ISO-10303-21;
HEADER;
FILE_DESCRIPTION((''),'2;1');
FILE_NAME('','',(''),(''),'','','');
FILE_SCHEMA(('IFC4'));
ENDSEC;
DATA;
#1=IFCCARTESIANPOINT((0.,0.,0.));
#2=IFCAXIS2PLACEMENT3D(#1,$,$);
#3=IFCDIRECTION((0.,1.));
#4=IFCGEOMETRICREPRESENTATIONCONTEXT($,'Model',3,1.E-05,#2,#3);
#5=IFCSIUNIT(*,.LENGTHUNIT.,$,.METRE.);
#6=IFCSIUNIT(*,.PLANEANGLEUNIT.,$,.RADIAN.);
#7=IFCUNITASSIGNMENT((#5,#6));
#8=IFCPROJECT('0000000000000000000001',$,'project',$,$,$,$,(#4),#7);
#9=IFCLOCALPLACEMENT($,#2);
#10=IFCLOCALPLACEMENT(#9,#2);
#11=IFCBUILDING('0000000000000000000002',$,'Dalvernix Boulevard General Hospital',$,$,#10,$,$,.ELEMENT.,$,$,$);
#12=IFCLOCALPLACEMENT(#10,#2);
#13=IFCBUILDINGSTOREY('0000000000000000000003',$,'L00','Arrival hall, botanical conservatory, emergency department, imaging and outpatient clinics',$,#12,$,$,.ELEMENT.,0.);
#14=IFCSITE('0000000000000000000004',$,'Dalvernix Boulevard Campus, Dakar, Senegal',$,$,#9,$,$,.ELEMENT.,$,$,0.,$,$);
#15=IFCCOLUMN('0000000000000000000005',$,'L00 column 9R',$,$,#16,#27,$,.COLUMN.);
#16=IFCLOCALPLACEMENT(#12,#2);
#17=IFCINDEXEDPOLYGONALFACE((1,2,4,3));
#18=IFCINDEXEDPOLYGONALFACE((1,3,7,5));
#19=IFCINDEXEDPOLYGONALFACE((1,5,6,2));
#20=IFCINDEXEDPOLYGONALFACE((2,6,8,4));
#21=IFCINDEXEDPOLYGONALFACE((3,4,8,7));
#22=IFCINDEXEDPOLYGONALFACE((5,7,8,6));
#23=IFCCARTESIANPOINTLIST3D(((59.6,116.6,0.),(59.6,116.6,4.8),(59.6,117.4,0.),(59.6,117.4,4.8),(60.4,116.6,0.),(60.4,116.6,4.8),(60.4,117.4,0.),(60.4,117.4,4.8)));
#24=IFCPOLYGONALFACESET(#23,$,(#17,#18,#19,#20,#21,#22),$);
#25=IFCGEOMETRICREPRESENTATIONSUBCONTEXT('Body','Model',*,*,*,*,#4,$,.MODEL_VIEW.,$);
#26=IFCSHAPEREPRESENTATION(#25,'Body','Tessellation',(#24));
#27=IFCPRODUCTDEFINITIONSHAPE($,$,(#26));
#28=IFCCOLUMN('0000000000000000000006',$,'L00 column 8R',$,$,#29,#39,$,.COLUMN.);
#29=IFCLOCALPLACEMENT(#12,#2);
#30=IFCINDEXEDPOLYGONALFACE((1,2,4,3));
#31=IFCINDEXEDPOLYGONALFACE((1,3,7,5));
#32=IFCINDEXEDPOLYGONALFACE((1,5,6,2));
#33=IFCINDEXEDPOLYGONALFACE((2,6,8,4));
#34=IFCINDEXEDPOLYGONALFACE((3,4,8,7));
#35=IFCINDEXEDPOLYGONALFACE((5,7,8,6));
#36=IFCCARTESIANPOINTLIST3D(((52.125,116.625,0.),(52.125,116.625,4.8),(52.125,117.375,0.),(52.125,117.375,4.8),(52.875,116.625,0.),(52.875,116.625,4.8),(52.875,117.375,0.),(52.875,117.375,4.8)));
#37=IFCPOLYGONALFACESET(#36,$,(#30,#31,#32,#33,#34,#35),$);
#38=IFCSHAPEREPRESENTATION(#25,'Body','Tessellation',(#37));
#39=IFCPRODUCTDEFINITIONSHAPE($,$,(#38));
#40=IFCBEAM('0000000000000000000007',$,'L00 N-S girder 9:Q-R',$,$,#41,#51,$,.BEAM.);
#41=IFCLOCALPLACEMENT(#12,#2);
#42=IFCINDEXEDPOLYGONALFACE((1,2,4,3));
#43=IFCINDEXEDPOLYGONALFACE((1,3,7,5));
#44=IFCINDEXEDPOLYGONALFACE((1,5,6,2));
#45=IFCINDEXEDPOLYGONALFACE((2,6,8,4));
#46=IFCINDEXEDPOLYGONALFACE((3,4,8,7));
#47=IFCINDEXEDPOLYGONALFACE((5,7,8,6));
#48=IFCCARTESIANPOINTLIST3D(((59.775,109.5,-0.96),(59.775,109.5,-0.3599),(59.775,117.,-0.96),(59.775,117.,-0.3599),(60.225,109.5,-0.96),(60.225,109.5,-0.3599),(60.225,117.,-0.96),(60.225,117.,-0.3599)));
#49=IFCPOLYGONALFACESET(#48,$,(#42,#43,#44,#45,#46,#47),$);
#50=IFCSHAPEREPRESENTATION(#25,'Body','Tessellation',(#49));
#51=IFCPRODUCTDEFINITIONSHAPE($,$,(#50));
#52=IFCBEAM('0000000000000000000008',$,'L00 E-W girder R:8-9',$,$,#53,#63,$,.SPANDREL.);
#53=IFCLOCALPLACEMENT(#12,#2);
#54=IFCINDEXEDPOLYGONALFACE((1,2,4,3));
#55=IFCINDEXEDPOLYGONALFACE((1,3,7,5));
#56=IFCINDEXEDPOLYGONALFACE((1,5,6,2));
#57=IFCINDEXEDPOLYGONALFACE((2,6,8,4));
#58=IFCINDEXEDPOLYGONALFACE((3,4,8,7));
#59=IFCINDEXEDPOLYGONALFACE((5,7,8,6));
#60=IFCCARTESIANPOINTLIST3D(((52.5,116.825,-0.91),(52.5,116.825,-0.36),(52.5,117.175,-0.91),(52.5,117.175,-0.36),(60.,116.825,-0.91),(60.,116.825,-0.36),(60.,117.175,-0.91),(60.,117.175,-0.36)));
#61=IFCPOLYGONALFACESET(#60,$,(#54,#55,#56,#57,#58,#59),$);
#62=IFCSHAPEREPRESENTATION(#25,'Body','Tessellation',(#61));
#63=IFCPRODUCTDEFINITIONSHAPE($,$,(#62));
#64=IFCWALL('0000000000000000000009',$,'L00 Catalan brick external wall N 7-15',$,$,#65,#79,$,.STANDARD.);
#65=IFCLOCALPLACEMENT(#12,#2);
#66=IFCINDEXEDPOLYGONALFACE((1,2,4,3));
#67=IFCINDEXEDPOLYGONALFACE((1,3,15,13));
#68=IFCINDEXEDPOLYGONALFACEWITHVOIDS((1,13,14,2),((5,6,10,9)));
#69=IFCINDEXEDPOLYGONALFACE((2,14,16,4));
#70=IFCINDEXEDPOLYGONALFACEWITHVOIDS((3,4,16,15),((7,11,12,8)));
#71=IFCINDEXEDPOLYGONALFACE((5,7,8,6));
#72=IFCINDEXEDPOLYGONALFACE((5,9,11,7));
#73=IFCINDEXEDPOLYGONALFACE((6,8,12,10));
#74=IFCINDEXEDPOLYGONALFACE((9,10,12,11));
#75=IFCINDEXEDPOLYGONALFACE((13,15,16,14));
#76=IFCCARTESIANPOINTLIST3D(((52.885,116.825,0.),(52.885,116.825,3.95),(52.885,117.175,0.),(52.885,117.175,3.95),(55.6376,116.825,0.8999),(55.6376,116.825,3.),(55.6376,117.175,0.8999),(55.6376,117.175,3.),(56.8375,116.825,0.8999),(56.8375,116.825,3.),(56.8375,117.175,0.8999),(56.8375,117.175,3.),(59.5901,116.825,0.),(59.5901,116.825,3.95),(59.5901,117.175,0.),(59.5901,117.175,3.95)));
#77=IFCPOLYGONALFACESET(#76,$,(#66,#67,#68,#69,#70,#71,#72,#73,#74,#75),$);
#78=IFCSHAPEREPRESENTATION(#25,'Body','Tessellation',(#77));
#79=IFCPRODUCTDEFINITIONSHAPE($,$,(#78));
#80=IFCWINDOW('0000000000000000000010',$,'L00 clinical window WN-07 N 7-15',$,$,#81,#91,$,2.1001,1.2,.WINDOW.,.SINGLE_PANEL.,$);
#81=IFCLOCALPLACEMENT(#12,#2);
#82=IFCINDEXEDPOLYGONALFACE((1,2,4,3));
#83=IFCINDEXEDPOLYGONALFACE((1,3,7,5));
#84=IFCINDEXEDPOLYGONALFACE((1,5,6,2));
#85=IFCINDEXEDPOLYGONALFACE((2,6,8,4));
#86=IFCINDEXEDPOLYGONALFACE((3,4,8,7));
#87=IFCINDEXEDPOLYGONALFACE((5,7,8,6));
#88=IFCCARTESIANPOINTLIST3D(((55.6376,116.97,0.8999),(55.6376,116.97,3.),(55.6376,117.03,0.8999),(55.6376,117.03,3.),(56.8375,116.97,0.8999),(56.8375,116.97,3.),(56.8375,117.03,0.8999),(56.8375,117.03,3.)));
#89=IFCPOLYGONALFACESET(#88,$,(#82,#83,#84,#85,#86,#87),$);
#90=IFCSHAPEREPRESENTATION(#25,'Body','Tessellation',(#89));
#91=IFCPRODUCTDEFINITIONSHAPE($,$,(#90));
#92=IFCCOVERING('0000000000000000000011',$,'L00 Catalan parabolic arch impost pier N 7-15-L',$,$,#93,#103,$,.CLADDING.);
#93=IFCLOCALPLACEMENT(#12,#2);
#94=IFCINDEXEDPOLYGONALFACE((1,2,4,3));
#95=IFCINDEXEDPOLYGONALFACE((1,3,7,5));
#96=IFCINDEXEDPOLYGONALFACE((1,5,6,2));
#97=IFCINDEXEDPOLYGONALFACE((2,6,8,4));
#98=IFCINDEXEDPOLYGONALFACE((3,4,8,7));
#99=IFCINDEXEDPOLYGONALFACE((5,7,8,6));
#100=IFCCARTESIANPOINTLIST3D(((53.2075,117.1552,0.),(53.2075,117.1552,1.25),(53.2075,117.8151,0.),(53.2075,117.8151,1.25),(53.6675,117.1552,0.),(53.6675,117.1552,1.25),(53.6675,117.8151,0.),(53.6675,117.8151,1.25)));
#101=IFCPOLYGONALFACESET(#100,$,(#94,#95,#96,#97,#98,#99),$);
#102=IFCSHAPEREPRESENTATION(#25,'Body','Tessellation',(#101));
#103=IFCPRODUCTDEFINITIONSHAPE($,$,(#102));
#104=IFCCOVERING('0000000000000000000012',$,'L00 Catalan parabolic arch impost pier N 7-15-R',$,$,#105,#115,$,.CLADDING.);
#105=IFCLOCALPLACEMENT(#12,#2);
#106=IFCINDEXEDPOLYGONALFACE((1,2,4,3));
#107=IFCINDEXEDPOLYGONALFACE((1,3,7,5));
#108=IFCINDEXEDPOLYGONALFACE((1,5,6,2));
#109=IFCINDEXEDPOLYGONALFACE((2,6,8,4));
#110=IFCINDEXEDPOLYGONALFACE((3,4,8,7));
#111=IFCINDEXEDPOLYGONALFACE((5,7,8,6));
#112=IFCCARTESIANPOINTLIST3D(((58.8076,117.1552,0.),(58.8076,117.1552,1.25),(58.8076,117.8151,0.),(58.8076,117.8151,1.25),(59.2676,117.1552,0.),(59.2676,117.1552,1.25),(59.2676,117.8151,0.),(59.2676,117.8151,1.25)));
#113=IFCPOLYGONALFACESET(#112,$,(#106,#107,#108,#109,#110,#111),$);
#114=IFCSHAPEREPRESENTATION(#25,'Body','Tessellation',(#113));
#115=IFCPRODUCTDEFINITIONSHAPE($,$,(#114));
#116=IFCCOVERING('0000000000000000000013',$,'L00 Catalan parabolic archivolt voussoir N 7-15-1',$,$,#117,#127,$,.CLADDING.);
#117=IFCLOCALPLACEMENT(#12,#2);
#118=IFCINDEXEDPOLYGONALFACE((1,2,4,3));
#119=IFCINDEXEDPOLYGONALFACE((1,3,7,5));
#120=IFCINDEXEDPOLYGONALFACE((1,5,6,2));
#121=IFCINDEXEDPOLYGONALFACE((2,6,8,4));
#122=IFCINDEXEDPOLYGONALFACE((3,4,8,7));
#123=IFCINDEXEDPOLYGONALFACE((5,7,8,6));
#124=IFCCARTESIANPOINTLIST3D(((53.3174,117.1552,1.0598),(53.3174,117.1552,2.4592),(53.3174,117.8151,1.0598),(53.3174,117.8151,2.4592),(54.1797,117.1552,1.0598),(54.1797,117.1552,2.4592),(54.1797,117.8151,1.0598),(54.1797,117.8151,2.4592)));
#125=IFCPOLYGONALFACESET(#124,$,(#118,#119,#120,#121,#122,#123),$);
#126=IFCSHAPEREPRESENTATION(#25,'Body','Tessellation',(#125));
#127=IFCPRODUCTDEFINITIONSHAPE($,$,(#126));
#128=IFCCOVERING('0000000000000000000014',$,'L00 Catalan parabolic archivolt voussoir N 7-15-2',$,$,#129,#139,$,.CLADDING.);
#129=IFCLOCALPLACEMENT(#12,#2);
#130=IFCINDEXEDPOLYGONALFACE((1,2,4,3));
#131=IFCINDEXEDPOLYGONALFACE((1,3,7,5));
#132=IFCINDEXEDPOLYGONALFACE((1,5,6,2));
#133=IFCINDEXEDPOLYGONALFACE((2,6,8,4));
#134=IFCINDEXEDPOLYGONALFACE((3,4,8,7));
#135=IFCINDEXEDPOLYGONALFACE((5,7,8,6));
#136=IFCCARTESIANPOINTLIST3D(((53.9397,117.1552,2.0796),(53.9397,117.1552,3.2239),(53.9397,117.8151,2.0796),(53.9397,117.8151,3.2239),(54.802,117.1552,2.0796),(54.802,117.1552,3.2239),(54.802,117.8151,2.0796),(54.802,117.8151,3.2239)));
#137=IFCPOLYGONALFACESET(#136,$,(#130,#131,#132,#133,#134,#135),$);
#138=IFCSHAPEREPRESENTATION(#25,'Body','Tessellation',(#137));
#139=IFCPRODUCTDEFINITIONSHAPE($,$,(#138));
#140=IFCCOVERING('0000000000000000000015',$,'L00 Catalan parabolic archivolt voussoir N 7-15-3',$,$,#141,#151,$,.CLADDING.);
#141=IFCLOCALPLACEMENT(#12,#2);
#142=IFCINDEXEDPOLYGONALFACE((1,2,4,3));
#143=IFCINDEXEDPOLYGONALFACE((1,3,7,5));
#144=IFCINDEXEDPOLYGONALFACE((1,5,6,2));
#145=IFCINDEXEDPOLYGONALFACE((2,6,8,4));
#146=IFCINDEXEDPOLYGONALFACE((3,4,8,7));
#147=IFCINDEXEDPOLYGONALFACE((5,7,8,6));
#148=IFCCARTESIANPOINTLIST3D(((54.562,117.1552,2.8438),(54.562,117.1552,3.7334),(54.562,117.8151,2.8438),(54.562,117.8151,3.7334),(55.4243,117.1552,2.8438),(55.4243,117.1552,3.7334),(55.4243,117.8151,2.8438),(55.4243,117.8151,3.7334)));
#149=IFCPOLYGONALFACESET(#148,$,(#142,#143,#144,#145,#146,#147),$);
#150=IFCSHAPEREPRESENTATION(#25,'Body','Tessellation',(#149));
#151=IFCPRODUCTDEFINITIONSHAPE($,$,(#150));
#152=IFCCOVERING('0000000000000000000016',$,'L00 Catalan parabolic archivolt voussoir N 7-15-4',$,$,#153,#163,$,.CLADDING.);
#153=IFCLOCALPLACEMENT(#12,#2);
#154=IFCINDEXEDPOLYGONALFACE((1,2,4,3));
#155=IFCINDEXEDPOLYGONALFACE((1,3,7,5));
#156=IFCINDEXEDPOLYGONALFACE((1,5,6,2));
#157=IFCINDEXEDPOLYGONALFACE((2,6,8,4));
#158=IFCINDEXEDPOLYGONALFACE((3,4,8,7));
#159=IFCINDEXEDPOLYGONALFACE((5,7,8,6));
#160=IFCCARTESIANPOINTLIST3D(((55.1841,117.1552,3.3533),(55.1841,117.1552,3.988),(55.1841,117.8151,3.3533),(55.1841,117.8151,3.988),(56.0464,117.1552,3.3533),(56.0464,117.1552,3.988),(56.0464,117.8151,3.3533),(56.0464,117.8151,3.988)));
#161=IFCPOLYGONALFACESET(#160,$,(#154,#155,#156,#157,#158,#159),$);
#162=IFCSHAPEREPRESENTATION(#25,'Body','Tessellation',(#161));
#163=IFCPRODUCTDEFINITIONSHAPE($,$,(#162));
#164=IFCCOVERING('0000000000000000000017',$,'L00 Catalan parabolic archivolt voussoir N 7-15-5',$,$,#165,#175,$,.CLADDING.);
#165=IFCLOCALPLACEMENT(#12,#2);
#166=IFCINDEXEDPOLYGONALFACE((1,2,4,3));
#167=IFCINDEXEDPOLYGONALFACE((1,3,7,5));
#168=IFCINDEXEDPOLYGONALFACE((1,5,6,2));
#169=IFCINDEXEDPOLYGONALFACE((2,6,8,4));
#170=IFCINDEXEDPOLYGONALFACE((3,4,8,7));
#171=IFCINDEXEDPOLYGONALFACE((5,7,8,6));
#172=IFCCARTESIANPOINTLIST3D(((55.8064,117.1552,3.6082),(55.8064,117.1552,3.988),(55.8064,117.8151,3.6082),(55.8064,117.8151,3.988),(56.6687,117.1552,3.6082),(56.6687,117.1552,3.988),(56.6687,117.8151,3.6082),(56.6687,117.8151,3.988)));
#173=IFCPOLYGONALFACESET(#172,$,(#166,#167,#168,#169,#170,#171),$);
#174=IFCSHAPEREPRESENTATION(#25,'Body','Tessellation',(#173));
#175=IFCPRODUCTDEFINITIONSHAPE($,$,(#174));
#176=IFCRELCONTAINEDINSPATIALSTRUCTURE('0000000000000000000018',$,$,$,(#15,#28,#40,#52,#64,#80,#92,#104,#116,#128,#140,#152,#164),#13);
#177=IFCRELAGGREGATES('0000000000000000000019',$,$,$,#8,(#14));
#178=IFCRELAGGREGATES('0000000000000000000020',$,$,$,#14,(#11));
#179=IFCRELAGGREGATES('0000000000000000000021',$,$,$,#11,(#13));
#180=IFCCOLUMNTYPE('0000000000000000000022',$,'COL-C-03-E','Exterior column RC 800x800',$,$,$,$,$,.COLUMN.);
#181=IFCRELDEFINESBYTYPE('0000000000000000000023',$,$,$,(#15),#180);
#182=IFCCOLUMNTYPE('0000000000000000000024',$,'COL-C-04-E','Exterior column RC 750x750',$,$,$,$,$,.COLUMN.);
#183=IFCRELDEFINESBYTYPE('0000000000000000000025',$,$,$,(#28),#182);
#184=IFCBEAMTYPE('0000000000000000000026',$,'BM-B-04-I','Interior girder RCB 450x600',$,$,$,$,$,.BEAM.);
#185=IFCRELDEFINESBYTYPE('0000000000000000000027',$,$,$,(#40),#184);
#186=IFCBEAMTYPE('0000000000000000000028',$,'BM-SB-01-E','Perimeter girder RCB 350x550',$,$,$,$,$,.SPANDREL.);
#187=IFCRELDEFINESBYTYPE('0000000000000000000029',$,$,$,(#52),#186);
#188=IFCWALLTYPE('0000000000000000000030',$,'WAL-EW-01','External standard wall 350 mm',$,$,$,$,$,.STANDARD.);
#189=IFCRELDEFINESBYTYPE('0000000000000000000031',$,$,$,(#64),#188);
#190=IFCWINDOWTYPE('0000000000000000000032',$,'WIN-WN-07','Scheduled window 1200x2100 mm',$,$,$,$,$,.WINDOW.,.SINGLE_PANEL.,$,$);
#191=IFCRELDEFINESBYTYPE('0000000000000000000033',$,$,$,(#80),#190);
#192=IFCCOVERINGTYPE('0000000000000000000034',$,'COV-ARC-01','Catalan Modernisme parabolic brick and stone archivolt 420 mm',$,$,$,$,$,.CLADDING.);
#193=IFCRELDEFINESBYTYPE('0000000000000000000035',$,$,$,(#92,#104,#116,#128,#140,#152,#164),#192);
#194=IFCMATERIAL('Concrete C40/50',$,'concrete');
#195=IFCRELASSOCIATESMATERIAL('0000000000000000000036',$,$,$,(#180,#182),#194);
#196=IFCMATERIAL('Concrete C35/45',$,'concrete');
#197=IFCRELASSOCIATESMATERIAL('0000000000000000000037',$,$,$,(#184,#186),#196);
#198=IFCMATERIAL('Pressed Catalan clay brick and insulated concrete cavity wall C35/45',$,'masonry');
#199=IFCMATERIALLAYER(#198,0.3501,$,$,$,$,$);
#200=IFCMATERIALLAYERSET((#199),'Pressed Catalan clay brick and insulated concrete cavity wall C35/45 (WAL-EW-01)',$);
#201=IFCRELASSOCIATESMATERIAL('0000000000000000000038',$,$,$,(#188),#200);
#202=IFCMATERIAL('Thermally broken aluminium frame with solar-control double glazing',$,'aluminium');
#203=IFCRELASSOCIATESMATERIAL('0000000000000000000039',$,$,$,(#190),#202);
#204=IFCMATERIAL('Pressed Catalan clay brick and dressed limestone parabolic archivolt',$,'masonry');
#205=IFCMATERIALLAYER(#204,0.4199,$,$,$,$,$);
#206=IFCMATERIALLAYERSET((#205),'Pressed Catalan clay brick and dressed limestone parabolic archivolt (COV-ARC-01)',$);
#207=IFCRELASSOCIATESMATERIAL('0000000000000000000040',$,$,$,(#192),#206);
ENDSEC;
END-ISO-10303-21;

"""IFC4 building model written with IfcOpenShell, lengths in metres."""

from ifc_helpers import new_model, si_unit, direction, frame, frame_2d, origin, origin_2d, place, context, subcontext, project, spatial, rectangle, extrude, material, layer, layer_set, material_profile, profile_set, type_object, element, fill, save


model = new_model("IFC4")

# Units and contexts
model_context = context("Model", 3, precision=1e-05, world=origin(), true_north=direction((0.0, 1.0)))
body_context = subcontext(model_context, "Body", "Model", "MODEL_VIEW")
ifc_project = project(units=[si_unit("LENGTHUNIT", "METRE"), si_unit("PLANEANGLEUNIT", "RADIAN")], contexts=[model_context])

# Site, building, storey
site_placement = place(None, origin())
site = spatial("IfcSite", under=ifc_project, at=site_placement, Name="Dalvernix Boulevard Campus, Dakar, Senegal", CompositionType="ELEMENT", RefElevation=0.0)
building_placement = place(site_placement, origin())
building = spatial("IfcBuilding", under=site, at=building_placement, Name="Dalvernix Boulevard General Hospital", CompositionType="ELEMENT")
storey_placement = place(building_placement, origin())
storey = spatial("IfcBuildingStorey", under=building, at=storey_placement, Name="L00", Description="Arrival hall, botanical conservatory, emergency department, imaging and outpatient clinics", CompositionType="ELEMENT", Elevation=0.0)

# Columns
ifc_material_1 = material(Name="Concrete C40/50", Category="concrete")
ifc_material_profile_1 = material_profile(ifc_material_1, rectangle(XDim=0.8, YDim=0.8, at=origin_2d()), Name="RC 800x800")
ifc_profile_set_1 = profile_set([ifc_material_profile_1], Name="Concrete C40/50")
column_type_1 = type_object("IfcColumnType", Name="COL-C-03-E", Description="Exterior column RC 800x800", PredefinedType="COLUMN", material=ifc_profile_set_1)
column_1_placement = place(storey_placement, frame((60.0, 117.0, 0.0), z_axis=(0.0, 0.0, 1.0), x_axis=(1.0, 0.0, 0.0)))
element("IfcColumn", 1, at=column_1_placement, inside=storey, type_object=column_type_1, Name="L00 column 9R", PredefinedType="COLUMN", context=body_context, shape_type="SweptSolid", body=[
    extrude(rectangle(XDim=0.8, YDim=0.8, at=origin_2d()), origin(), (0.0, 0.0, 1.0), 4.8),
])
ifc_material_profile_2 = material_profile(ifc_material_1, rectangle(XDim=0.75, YDim=0.75, at=origin_2d()), Name="RC 750x750")
ifc_profile_set_2 = profile_set([ifc_material_profile_2], Name="Concrete C40/50")
column_type_2 = type_object("IfcColumnType", Name="COL-C-04-E", Description="Exterior column RC 750x750", PredefinedType="COLUMN", material=ifc_profile_set_2)
column_2_placement = place(storey_placement, frame((52.5, 117.0, 0.0), z_axis=(0.0, 0.0, 1.0), x_axis=(1.0, 0.0, 0.0)))
element("IfcColumn", 2, at=column_2_placement, inside=storey, type_object=column_type_2, Name="L00 column 8R", PredefinedType="COLUMN", context=body_context, shape_type="SweptSolid", body=[
    extrude(rectangle(XDim=0.75, YDim=0.75, at=origin_2d()), origin(), (0.0, 0.0, 1.0), 4.8),
])

# Beams
ifc_material_2 = material(Name="Concrete C35/45", Category="concrete")
ifc_material_profile_3 = material_profile(ifc_material_2, rectangle(XDim=0.45, YDim=0.6001, at=origin_2d()), Name="RCB 450x600")
ifc_profile_set_3 = profile_set([ifc_material_profile_3], Name="Concrete C35/45")
beam_type_1 = type_object("IfcBeamType", Name="BM-B-04-I", Description="Interior girder RCB 450x600", PredefinedType="BEAM", material=ifc_profile_set_3)
beam_1_placement = place(storey_placement, frame((60.0, 109.5, -0.6599), z_axis=(0.0, 1.0, 0.0), x_axis=(-1.0, 0.0, 0.0)))
element("IfcBeam", 3, at=beam_1_placement, inside=storey, type_object=beam_type_1, Name="L00 N-S girder 9:Q-R", PredefinedType="BEAM", context=body_context, shape_type="SweptSolid", body=[
    extrude(rectangle(XDim=0.45, YDim=0.6001, at=origin_2d()), origin(), (0.0, 0.0, 1.0), 7.5),
])
ifc_material_profile_4 = material_profile(ifc_material_2, rectangle(XDim=0.3501, YDim=0.55, at=origin_2d()), Name="RCB 350x550")
ifc_profile_set_4 = profile_set([ifc_material_profile_4], Name="Concrete C35/45")
beam_type_2 = type_object("IfcBeamType", Name="BM-SB-01-E", Description="Perimeter girder RCB 350x550", PredefinedType="SPANDREL", material=ifc_profile_set_4)
beam_2_placement = place(storey_placement, frame((52.5, 117.0, -0.635), z_axis=(1.0, 0.0, 0.0), x_axis=(0.0, 1.0, 0.0)))
element("IfcBeam", 4, at=beam_2_placement, inside=storey, type_object=beam_type_2, Name="L00 E-W girder R:8-9", PredefinedType="SPANDREL", context=body_context, shape_type="SweptSolid", body=[
    extrude(rectangle(XDim=0.3501, YDim=0.55, at=origin_2d()), origin(), (0.0, 0.0, 1.0), 7.5),
])

# Wall, opening, window
ifc_material_3 = material(Name="Pressed Catalan clay brick and insulated concrete cavity wall C35/45", Category="masonry")
ifc_layer_1 = layer(ifc_material_3, 0.3501)
ifc_layer_set_1 = layer_set([ifc_layer_1], Name="Pressed Catalan clay brick and insulated concrete cavity wall C35/45 (WAL-EW-01)")
wall_type = type_object("IfcWallType", Name="WAL-EW-01", Description="External standard wall 350 mm", PredefinedType="STANDARD", material=ifc_layer_set_1)
wall_placement = place(storey_placement, frame((52.885, 117.0, 0.0), z_axis=(0.0, 0.0, 1.0), x_axis=(1.0, 0.0, 0.0)))
wall = element("IfcWall", 5, at=wall_placement, inside=storey, type_object=wall_type, Name="L00 Catalan brick external wall N 7-15", PredefinedType="STANDARD", context=body_context, shape_type="SweptSolid", body=[
    extrude(rectangle(XDim=6.7051, YDim=0.3501, at=frame_2d((3.3525, 0.0))), origin(), (0.0, 0.0, 1.0), 3.95),
])
opening_placement = place(wall_placement, frame((2.7524, 0.0, 0.8999)))
opening = element("IfcOpeningElement", 6, at=opening_placement, cuts=wall, PredefinedType="OPENING", context=body_context, shape_type="SweptSolid", body=[
    extrude(rectangle(XDim=1.2, YDim=2.1001, at=frame_2d((0.6001, 1.05))), frame((0.0, 0.1851, 0.0), z_axis=(0.0, -1.0, 0.0), x_axis=(1.0, 0.0, 0.0)), (0.0, 0.0, 1.0), 0.3701),
])
ifc_material_4 = material(Name="Thermally broken aluminium frame with solar-control double glazing", Category="aluminium")
window_type = type_object("IfcWindowType", Name="WIN-WN-07", Description="Scheduled window 1200x2100 mm", PartitioningType="SINGLE_PANEL", PredefinedType="WINDOW", material=ifc_material_4)
window_placement = place(opening_placement, origin())
window = element("IfcWindow", 7, at=window_placement, inside=storey, type_object=window_type, Name="L00 clinical window WN-07 N 7-15", OverallHeight=2.1001, OverallWidth=1.2, PartitioningType="SINGLE_PANEL", PredefinedType="WINDOW", context=body_context, shape_type="SweptSolid", body=[
    extrude(rectangle(XDim=1.2, YDim=2.1001, at=frame_2d((0.6001, 1.05))), frame((0.0, 0.03, 0.0), z_axis=(0.0, -1.0, 0.0), x_axis=(1.0, 0.0, 0.0)), (0.0, 0.0, 1.0), 0.0601),
])
fill(opening, window)

# Coverings
ifc_material_5 = material(Name="Pressed Catalan clay brick and dressed limestone parabolic archivolt", Category="masonry")
ifc_layer_2 = layer(ifc_material_5, 0.4199)
ifc_layer_set_2 = layer_set([ifc_layer_2], Name="Pressed Catalan clay brick and dressed limestone parabolic archivolt (COV-ARC-01)")
covering_type_1 = type_object("IfcCoveringType", Name="COV-ARC-01", Description="Catalan Modernisme parabolic brick and stone archivolt 420 mm", PredefinedType="CLADDING", material=ifc_layer_set_2)
for number, where, z_axis, x_axis, name in (
    (8, (53.4375, 117.4851, 0.0), (0.0, 0.0, 1.0), (1.0, 0.0, 0.0), "L00 Catalan parabolic arch impost pier N 7-15-L"),
    (9, (59.0376, 117.4851, 0.0), (0.0, 0.0, 1.0), (1.0, 0.0, 0.0), "L00 Catalan parabolic arch impost pier N 7-15-R"),
):
    element("IfcCovering", number, at=place(storey_placement, frame(where, z_axis=z_axis, x_axis=x_axis)), inside=storey, type_object=covering_type_1, Name=name, PredefinedType="CLADDING", context=body_context, shape_type="SweptSolid", body=[
        extrude(rectangle(XDim=0.46, YDim=0.6599, at=origin_2d()), origin(), (0.0, 0.0, 1.0), 1.25),
    ])
covering_1_placement = place(storey_placement, frame((53.7485, 117.4851, 1.0598), z_axis=(0.0, 0.0, 1.0), x_axis=(1.0, 0.0, 0.0)))
element("IfcCovering", 10, at=covering_1_placement, inside=storey, type_object=covering_type_1, Name="L00 Catalan parabolic archivolt voussoir N 7-15-1", PredefinedType="CLADDING", context=body_context, shape_type="SweptSolid", body=[
    extrude(rectangle(XDim=0.8623, YDim=0.6599, at=origin_2d()), origin(), (0.0, 0.0, 1.0), 1.3994),
])
covering_2_placement = place(storey_placement, frame((54.3708, 117.4851, 2.0796), z_axis=(0.0, 0.0, 1.0), x_axis=(1.0, 0.0, 0.0)))
element("IfcCovering", 11, at=covering_2_placement, inside=storey, type_object=covering_type_1, Name="L00 Catalan parabolic archivolt voussoir N 7-15-2", PredefinedType="CLADDING", context=body_context, shape_type="SweptSolid", body=[
    extrude(rectangle(XDim=0.8623, YDim=0.6599, at=origin_2d()), origin(), (0.0, 0.0, 1.0), 1.1443),
])
covering_3_placement = place(storey_placement, frame((54.9932, 117.4851, 2.8438), z_axis=(0.0, 0.0, 1.0), x_axis=(1.0, 0.0, 0.0)))
element("IfcCovering", 12, at=covering_3_placement, inside=storey, type_object=covering_type_1, Name="L00 Catalan parabolic archivolt voussoir N 7-15-3", PredefinedType="CLADDING", context=body_context, shape_type="SweptSolid", body=[
    extrude(rectangle(XDim=0.8623, YDim=0.6599, at=origin_2d()), origin(), (0.0, 0.0, 1.0), 0.8896),
])
covering_4_placement = place(storey_placement, frame((55.6152, 117.4851, 3.3533), z_axis=(0.0, 0.0, 1.0), x_axis=(1.0, 0.0, 0.0)))
element("IfcCovering", 13, at=covering_4_placement, inside=storey, type_object=covering_type_1, Name="L00 Catalan parabolic archivolt voussoir N 7-15-4", PredefinedType="CLADDING", context=body_context, shape_type="SweptSolid", body=[
    extrude(rectangle(XDim=0.8623, YDim=0.6599, at=origin_2d()), origin(), (0.0, 0.0, 1.0), 0.6348),
])
covering_5_placement = place(storey_placement, frame((56.2375, 117.4851, 3.6082), z_axis=(0.0, 0.0, 1.0), x_axis=(1.0, 0.0, 0.0)))
element("IfcCovering", 14, at=covering_5_placement, inside=storey, type_object=covering_type_1, Name="L00 Catalan parabolic archivolt voussoir N 7-15-5", PredefinedType="CLADDING", context=body_context, shape_type="SweptSolid", body=[
    extrude(rectangle(XDim=0.8623, YDim=0.6599, at=origin_2d()), origin(), (0.0, 0.0, 1.0), 0.3799),
])

save(model, "model.ifc")
